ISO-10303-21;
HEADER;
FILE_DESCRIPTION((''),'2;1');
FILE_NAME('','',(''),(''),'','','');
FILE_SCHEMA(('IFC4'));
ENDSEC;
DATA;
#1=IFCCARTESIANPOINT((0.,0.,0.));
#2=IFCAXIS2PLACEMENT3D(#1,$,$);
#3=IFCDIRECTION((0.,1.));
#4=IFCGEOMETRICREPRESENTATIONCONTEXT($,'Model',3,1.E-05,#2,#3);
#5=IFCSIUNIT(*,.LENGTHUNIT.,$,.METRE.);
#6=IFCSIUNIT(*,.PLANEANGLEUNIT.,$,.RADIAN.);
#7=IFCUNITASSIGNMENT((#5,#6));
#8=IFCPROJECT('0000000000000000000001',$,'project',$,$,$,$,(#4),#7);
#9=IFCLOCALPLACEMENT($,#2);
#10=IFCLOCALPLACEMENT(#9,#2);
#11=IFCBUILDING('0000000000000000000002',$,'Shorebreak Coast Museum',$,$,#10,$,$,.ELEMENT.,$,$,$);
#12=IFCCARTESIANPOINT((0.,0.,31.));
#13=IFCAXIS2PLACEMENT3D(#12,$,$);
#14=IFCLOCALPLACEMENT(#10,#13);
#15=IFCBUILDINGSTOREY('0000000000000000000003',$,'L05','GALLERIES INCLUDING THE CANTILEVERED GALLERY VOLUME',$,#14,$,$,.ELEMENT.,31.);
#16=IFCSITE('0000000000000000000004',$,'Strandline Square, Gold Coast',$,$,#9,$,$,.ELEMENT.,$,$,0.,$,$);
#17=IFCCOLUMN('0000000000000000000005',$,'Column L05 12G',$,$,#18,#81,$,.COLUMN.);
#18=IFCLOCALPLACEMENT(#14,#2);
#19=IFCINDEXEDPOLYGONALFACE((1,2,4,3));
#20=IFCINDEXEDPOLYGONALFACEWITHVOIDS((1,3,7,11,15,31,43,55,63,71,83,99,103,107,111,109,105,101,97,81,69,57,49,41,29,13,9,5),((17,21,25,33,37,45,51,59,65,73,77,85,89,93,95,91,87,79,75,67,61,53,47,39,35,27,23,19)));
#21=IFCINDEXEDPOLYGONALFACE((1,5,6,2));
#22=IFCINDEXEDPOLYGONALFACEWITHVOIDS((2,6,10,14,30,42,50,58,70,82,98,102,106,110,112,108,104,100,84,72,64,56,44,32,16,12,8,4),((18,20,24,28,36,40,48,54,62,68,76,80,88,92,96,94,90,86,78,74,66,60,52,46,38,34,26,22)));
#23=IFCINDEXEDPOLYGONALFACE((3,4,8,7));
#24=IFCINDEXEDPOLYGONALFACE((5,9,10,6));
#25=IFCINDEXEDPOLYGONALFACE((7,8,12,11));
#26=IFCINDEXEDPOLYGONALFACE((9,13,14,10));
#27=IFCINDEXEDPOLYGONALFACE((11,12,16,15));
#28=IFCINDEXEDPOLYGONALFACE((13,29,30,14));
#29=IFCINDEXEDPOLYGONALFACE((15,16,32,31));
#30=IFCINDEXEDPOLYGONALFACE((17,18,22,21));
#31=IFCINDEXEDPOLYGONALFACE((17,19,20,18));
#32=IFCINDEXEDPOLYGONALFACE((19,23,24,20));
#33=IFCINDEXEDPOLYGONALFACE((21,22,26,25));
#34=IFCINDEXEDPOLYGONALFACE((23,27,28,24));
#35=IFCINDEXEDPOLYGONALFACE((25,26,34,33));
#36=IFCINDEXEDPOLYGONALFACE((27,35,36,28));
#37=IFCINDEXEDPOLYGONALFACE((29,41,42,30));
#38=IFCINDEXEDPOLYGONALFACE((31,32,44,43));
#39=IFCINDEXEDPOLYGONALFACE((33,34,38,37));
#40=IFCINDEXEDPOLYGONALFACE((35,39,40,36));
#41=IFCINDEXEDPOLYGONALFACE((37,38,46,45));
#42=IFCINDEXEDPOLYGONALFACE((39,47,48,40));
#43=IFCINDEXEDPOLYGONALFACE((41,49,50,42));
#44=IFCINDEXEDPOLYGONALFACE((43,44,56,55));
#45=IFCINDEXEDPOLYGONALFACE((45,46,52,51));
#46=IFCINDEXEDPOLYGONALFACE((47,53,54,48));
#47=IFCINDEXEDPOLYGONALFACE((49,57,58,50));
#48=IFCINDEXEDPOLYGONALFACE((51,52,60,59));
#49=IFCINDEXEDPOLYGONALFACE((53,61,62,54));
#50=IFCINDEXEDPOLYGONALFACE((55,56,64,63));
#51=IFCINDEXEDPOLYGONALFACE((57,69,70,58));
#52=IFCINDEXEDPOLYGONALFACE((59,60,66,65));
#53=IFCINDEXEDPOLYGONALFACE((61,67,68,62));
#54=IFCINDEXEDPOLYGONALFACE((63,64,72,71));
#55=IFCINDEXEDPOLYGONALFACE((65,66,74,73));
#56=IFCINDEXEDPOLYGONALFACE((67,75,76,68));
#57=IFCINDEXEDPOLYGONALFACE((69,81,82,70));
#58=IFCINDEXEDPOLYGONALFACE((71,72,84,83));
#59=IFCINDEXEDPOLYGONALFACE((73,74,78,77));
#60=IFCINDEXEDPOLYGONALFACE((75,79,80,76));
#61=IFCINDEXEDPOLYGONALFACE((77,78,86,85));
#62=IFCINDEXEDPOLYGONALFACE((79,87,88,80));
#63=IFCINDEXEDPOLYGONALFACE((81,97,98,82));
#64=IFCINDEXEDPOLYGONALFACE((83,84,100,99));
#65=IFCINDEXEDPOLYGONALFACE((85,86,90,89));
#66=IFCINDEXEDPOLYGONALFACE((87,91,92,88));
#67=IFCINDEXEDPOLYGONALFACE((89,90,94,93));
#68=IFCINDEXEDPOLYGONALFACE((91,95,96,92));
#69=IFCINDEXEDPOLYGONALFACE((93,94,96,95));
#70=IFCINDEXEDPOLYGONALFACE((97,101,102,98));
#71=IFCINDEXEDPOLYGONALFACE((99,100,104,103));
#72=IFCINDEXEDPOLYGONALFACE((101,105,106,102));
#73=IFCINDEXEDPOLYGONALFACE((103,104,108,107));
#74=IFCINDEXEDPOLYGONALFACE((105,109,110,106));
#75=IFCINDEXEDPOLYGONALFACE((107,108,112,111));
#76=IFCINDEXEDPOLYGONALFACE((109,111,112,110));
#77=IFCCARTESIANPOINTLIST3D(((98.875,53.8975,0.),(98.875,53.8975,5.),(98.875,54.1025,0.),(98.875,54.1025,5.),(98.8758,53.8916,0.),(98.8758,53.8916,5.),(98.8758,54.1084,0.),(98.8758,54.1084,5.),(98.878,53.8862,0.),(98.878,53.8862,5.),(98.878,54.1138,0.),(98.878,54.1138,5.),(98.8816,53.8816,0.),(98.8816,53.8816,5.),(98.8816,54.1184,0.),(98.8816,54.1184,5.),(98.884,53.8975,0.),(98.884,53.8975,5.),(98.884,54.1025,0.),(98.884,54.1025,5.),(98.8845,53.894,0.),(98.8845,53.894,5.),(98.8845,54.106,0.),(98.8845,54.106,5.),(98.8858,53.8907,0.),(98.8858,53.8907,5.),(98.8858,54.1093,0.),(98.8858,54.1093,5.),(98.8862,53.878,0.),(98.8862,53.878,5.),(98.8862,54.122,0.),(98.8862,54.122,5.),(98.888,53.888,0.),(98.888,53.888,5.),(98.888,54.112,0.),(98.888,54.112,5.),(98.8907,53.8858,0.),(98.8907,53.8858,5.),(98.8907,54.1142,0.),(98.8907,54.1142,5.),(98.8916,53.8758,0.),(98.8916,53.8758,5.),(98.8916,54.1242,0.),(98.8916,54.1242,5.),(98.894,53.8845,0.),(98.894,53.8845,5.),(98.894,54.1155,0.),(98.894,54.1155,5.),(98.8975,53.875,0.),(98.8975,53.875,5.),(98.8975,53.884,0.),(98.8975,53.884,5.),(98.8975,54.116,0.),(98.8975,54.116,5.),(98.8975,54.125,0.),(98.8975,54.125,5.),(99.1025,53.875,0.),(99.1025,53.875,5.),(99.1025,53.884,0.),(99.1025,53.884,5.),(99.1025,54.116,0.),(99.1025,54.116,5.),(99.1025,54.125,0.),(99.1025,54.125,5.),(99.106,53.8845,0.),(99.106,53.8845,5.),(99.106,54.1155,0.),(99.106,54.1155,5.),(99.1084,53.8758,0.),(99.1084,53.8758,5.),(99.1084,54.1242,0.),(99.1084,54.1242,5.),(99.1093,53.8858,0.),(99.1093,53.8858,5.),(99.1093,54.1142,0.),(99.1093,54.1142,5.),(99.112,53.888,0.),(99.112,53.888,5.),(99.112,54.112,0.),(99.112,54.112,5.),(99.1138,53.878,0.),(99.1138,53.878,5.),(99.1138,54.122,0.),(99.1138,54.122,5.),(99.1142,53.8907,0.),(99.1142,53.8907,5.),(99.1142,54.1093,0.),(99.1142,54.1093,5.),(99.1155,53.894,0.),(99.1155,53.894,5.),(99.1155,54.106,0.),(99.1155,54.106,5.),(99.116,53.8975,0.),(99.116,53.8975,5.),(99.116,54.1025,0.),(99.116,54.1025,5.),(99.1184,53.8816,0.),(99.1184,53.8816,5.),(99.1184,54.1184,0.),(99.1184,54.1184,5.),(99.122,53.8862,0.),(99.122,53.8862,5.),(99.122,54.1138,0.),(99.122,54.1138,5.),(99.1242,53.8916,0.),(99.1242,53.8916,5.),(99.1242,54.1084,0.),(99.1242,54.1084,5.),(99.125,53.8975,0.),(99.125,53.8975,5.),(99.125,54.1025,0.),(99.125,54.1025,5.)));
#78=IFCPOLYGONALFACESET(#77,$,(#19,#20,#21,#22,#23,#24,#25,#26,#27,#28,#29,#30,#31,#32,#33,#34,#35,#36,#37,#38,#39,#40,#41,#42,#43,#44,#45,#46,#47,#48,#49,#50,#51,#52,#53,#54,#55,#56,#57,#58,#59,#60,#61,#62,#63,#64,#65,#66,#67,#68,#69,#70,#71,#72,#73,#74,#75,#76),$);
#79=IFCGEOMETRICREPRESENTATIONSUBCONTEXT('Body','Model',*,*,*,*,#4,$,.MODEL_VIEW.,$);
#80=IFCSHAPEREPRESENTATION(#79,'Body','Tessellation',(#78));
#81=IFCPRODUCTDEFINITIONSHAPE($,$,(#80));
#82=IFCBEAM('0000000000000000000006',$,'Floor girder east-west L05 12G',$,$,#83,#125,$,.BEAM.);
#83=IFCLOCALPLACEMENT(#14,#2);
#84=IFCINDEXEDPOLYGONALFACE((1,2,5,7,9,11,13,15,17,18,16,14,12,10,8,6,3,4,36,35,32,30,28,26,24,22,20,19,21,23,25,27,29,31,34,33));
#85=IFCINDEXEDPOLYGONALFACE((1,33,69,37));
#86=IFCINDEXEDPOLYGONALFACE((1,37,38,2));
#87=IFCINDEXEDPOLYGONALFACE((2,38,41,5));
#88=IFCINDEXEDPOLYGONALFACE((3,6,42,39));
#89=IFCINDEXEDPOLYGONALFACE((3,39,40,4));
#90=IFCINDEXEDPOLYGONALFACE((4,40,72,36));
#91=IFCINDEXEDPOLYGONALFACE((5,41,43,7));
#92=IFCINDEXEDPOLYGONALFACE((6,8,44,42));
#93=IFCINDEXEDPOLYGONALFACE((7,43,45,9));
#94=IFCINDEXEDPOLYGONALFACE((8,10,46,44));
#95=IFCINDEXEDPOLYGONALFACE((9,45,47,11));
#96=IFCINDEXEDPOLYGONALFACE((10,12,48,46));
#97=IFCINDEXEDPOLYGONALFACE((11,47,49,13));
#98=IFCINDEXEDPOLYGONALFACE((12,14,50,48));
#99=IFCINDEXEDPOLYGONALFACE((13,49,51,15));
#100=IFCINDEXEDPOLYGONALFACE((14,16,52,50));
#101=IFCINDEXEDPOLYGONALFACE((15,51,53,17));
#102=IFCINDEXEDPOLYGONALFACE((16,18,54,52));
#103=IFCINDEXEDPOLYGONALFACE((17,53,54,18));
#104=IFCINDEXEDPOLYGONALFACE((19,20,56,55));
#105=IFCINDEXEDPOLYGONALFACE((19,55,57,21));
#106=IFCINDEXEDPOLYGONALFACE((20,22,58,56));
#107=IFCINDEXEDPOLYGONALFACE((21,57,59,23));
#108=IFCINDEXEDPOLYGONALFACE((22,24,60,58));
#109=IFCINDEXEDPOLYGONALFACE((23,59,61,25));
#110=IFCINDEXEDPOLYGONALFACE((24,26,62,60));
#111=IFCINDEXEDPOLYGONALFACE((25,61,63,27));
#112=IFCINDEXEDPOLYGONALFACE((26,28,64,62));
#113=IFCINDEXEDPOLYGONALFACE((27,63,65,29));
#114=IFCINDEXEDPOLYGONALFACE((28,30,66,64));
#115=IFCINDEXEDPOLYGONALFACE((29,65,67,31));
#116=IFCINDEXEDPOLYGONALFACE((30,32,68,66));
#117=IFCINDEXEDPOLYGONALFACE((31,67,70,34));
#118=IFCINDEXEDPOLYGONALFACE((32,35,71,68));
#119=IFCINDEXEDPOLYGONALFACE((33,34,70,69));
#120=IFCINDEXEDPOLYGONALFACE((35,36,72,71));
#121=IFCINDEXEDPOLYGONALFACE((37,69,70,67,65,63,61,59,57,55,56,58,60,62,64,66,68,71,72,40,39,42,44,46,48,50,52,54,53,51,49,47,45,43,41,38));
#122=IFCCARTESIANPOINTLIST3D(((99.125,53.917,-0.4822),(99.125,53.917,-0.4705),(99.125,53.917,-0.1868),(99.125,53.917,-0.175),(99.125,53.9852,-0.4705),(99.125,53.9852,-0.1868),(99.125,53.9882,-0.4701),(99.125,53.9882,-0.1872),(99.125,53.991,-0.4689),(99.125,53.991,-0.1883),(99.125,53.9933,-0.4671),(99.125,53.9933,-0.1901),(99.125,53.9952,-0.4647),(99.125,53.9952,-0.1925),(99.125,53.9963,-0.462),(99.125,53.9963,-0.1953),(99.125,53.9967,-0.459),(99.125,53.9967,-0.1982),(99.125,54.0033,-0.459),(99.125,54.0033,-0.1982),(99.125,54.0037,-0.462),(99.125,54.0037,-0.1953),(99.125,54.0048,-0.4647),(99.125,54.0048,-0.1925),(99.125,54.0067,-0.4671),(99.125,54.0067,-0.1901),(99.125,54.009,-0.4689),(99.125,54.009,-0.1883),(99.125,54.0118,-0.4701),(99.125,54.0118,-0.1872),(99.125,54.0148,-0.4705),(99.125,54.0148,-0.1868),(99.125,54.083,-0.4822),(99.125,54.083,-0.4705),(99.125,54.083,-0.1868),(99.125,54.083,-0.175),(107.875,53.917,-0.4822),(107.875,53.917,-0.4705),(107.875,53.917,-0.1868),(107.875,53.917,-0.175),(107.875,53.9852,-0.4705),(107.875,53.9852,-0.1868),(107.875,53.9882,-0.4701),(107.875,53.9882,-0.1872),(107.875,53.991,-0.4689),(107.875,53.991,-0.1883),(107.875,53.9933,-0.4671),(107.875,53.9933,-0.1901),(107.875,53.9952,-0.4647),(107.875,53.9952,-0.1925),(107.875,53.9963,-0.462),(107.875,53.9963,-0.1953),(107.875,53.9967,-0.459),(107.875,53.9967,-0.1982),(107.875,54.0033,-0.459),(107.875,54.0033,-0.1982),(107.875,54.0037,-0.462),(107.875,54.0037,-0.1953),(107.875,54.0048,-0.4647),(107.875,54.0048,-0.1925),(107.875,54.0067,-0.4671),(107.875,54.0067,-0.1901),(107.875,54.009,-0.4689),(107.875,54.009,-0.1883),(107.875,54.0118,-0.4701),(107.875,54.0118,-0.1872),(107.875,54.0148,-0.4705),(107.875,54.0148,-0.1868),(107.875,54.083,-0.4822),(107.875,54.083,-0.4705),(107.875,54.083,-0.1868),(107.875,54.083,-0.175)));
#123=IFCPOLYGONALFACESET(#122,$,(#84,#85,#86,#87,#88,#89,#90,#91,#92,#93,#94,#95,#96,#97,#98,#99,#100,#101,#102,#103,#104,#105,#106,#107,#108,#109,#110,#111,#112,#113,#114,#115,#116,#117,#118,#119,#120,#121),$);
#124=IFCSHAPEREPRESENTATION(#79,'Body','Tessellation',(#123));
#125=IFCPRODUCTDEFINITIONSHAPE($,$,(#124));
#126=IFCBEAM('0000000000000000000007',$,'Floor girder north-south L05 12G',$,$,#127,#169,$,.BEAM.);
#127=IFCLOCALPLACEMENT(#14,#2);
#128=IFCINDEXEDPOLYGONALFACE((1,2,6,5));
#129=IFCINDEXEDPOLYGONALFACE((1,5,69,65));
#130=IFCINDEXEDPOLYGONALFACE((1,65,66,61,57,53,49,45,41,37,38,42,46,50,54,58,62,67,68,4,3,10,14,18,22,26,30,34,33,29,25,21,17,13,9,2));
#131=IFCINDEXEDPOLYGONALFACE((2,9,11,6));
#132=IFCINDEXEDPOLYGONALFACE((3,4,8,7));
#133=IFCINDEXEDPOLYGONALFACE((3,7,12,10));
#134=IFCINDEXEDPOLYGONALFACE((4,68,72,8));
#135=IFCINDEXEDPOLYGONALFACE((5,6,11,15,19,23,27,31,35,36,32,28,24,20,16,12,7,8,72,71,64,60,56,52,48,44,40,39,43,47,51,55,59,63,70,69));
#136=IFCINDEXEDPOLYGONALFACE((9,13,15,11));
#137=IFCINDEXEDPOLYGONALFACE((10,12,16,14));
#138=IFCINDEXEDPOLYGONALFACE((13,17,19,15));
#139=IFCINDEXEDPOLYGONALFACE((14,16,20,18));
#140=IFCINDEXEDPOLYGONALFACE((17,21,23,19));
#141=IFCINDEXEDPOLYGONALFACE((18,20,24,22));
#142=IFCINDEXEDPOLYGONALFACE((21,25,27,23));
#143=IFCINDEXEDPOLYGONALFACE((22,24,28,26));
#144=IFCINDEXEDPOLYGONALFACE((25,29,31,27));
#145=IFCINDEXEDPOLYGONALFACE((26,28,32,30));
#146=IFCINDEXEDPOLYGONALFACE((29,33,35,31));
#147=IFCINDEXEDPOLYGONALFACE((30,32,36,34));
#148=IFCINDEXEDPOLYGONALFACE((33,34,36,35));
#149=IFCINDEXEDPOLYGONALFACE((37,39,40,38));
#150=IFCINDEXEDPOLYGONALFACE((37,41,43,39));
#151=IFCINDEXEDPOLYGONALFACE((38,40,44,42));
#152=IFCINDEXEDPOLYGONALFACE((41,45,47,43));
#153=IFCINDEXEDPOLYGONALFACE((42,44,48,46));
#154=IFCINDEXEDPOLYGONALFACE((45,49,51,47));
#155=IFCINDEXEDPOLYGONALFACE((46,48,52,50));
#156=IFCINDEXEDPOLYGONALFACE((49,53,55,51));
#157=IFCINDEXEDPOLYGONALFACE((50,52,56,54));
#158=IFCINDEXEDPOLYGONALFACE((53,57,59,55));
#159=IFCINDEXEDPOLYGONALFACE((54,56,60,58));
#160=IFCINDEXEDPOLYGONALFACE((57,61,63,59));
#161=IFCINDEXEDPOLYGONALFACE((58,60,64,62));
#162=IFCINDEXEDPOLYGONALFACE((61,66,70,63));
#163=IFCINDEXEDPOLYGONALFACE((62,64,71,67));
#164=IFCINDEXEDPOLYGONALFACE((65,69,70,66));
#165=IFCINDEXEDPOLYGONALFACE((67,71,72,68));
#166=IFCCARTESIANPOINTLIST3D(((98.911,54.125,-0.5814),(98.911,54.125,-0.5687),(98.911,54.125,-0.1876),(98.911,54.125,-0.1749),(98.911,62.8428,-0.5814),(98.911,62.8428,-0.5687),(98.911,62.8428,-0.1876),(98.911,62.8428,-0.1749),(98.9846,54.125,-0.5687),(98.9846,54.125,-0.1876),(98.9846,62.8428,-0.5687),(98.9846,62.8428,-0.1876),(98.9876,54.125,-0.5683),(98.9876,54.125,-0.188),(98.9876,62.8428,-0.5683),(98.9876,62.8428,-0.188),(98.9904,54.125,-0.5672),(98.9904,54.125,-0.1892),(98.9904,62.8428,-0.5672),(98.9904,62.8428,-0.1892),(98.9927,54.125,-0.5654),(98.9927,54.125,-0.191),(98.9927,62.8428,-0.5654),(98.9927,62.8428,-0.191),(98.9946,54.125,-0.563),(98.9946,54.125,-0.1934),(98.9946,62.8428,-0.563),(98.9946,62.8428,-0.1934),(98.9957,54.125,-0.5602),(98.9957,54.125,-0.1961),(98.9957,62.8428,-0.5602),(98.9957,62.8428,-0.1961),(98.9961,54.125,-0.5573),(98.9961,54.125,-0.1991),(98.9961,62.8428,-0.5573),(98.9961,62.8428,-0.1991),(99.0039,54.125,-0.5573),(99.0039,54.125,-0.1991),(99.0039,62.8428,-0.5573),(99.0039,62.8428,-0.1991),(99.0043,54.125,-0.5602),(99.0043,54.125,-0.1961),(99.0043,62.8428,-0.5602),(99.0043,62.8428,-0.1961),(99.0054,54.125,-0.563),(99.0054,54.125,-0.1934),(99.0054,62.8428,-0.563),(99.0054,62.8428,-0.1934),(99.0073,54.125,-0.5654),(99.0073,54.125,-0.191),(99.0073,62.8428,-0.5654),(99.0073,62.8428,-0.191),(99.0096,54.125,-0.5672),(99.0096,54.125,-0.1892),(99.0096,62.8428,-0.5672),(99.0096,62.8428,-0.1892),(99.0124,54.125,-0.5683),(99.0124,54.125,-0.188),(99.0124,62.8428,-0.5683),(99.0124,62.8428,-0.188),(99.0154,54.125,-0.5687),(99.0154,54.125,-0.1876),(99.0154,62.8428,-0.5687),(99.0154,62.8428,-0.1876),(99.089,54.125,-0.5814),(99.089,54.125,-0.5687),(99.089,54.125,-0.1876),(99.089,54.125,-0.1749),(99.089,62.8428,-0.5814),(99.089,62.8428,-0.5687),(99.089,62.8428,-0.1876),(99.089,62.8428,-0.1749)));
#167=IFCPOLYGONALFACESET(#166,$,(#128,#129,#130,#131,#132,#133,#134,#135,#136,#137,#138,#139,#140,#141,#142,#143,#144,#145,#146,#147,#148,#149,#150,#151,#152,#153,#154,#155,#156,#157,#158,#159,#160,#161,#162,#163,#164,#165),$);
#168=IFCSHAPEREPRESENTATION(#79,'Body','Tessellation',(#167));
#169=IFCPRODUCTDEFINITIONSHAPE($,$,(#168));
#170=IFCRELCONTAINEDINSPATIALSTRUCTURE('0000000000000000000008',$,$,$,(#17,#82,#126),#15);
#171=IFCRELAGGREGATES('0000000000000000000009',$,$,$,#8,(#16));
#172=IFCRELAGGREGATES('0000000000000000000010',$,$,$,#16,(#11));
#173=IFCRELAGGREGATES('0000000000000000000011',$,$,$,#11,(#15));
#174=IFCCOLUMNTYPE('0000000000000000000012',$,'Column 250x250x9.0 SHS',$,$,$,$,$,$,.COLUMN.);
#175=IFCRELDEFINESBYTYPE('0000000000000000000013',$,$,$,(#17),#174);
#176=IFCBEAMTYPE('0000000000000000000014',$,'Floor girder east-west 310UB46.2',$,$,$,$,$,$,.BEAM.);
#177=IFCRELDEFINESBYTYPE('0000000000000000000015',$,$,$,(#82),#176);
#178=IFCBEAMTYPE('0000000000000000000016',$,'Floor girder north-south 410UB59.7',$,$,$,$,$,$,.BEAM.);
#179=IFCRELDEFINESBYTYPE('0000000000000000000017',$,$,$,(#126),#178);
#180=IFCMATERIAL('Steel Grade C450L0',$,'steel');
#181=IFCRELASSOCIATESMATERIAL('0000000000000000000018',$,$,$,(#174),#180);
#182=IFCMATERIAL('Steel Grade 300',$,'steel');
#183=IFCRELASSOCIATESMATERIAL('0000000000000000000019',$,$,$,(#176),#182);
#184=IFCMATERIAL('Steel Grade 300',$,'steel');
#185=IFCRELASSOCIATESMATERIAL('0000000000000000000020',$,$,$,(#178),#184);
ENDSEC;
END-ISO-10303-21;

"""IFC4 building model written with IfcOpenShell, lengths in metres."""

from ifc_helpers import new_model, si_unit, direction, frame, origin, origin_2d, place, context, subcontext, project, spatial, hollow_rectangle, i_section, extrude, material, material_profile, profile_set, type_object, element, save


model = new_model("IFC4")

# Units and contexts
model_context = context("Model", 3, precision=1e-05, world=origin(), true_north=direction((0.0, 1.0)))
body_context = subcontext(model_context, "Body", "Model", "MODEL_VIEW")
ifc_project = project(units=[si_unit("LENGTHUNIT", "METRE"), si_unit("PLANEANGLEUNIT", "RADIAN")], contexts=[model_context])

# Site, building, storey
site_placement = place(None, origin())
site = spatial("IfcSite", under=ifc_project, at=site_placement, Name="Strandline Square, Gold Coast", CompositionType="ELEMENT", RefElevation=0.0)
building_placement = place(site_placement, origin())
building = spatial("IfcBuilding", under=site, at=building_placement, Name="Shorebreak Coast Museum", CompositionType="ELEMENT")
storey_placement = place(building_placement, frame((0.0, 0.0, 31.0)))
storey = spatial("IfcBuildingStorey", under=building, at=storey_placement, Name="L05", Description="GALLERIES INCLUDING THE CANTILEVERED GALLERY VOLUME", CompositionType="ELEMENT", Elevation=31.0)

# Column
ifc_material_1 = material(Name="Steel Grade C450L0", Category="steel")
ifc_material_profile_1 = material_profile(ifc_material_1, hollow_rectangle(XDim=0.25, YDim=0.25, WallThickness=0.009, InnerFilletRadius=0.0134, OuterFilletRadius=0.0225, at=origin_2d()), Name="250x250x9.0 SHS")
ifc_profile_set_1 = profile_set([ifc_material_profile_1], Name="Steel Grade C450L0")
column_type = type_object("IfcColumnType", Name="Column 250x250x9.0 SHS", PredefinedType="COLUMN", material=ifc_profile_set_1)
column_placement = place(storey_placement, frame((99.0, 54.0, 0.0), z_axis=(0.0, 0.0, 1.0), x_axis=(1.0, 0.0, 0.0)))
element("IfcColumn", 1, at=column_placement, inside=storey, type_object=column_type, Name="Column L05 12G", PredefinedType="COLUMN", context=body_context, shape_type="SweptSolid", body=[
    extrude(hollow_rectangle(XDim=0.25, YDim=0.25, WallThickness=0.009, InnerFilletRadius=0.0134, OuterFilletRadius=0.0225, at=origin_2d()), origin(), (0.0, 0.0, 1.0), 5.0),
])

# Beams
ifc_material_2 = material(Name="Steel Grade 300", Category="steel")
ifc_material_profile_2 = material_profile(ifc_material_2, i_section(OverallWidth=0.166, OverallDepth=0.3071, WebThickness=0.0066, FlangeThickness=0.0117, FilletRadius=0.0115, at=origin_2d()), Name="310UB46.2")
ifc_profile_set_2 = profile_set([ifc_material_profile_2], Name="Steel Grade 300")
beam_type_1 = type_object("IfcBeamType", Name="Floor girder east-west 310UB46.2", PredefinedType="BEAM", material=ifc_profile_set_2)
beam_1_placement = place(storey_placement, frame((99.125, 54.0, -0.3286), z_axis=(1.0, 0.0, 0.0), x_axis=(0.0, 1.0, 0.0)))
element("IfcBeam", 2, at=beam_1_placement, inside=storey, type_object=beam_type_1, Name="Floor girder east-west L05 12G", PredefinedType="BEAM", context=body_context, shape_type="SweptSolid", body=[
    extrude(i_section(OverallWidth=0.166, OverallDepth=0.3071, WebThickness=0.0066, FlangeThickness=0.0117, FilletRadius=0.0115, at=origin_2d()), origin(), (0.0, 0.0, 1.0), 8.75),
])
ifc_material_3 = material(Name="Steel Grade 300", Category="steel")
ifc_material_profile_3 = material_profile(ifc_material_3, i_section(OverallWidth=0.178, OverallDepth=0.4065, WebThickness=0.0078, FlangeThickness=0.0127, FilletRadius=0.0115, at=origin_2d()), Name="410UB59.7")
ifc_profile_set_3 = profile_set([ifc_material_profile_3], Name="Steel Grade 300")
beam_type_2 = type_object("IfcBeamType", Name="Floor girder north-south 410UB59.7", PredefinedType="BEAM", material=ifc_profile_set_3)
beam_2_placement = place(storey_placement, frame((99.0, 54.125, -0.3782), z_axis=(0.0, 1.0, 0.0), x_axis=(-1.0, 0.0, 0.0)))
element("IfcBeam", 3, at=beam_2_placement, inside=storey, type_object=beam_type_2, Name="Floor girder north-south L05 12G", PredefinedType="BEAM", context=body_context, shape_type="SweptSolid", body=[
    extrude(i_section(OverallWidth=0.178, OverallDepth=0.4065, WebThickness=0.0078, FlangeThickness=0.0127, FilletRadius=0.0115, at=origin_2d()), origin(), (0.0, 0.0, 1.0), 8.7178),
])

save(model, "model.ifc")
